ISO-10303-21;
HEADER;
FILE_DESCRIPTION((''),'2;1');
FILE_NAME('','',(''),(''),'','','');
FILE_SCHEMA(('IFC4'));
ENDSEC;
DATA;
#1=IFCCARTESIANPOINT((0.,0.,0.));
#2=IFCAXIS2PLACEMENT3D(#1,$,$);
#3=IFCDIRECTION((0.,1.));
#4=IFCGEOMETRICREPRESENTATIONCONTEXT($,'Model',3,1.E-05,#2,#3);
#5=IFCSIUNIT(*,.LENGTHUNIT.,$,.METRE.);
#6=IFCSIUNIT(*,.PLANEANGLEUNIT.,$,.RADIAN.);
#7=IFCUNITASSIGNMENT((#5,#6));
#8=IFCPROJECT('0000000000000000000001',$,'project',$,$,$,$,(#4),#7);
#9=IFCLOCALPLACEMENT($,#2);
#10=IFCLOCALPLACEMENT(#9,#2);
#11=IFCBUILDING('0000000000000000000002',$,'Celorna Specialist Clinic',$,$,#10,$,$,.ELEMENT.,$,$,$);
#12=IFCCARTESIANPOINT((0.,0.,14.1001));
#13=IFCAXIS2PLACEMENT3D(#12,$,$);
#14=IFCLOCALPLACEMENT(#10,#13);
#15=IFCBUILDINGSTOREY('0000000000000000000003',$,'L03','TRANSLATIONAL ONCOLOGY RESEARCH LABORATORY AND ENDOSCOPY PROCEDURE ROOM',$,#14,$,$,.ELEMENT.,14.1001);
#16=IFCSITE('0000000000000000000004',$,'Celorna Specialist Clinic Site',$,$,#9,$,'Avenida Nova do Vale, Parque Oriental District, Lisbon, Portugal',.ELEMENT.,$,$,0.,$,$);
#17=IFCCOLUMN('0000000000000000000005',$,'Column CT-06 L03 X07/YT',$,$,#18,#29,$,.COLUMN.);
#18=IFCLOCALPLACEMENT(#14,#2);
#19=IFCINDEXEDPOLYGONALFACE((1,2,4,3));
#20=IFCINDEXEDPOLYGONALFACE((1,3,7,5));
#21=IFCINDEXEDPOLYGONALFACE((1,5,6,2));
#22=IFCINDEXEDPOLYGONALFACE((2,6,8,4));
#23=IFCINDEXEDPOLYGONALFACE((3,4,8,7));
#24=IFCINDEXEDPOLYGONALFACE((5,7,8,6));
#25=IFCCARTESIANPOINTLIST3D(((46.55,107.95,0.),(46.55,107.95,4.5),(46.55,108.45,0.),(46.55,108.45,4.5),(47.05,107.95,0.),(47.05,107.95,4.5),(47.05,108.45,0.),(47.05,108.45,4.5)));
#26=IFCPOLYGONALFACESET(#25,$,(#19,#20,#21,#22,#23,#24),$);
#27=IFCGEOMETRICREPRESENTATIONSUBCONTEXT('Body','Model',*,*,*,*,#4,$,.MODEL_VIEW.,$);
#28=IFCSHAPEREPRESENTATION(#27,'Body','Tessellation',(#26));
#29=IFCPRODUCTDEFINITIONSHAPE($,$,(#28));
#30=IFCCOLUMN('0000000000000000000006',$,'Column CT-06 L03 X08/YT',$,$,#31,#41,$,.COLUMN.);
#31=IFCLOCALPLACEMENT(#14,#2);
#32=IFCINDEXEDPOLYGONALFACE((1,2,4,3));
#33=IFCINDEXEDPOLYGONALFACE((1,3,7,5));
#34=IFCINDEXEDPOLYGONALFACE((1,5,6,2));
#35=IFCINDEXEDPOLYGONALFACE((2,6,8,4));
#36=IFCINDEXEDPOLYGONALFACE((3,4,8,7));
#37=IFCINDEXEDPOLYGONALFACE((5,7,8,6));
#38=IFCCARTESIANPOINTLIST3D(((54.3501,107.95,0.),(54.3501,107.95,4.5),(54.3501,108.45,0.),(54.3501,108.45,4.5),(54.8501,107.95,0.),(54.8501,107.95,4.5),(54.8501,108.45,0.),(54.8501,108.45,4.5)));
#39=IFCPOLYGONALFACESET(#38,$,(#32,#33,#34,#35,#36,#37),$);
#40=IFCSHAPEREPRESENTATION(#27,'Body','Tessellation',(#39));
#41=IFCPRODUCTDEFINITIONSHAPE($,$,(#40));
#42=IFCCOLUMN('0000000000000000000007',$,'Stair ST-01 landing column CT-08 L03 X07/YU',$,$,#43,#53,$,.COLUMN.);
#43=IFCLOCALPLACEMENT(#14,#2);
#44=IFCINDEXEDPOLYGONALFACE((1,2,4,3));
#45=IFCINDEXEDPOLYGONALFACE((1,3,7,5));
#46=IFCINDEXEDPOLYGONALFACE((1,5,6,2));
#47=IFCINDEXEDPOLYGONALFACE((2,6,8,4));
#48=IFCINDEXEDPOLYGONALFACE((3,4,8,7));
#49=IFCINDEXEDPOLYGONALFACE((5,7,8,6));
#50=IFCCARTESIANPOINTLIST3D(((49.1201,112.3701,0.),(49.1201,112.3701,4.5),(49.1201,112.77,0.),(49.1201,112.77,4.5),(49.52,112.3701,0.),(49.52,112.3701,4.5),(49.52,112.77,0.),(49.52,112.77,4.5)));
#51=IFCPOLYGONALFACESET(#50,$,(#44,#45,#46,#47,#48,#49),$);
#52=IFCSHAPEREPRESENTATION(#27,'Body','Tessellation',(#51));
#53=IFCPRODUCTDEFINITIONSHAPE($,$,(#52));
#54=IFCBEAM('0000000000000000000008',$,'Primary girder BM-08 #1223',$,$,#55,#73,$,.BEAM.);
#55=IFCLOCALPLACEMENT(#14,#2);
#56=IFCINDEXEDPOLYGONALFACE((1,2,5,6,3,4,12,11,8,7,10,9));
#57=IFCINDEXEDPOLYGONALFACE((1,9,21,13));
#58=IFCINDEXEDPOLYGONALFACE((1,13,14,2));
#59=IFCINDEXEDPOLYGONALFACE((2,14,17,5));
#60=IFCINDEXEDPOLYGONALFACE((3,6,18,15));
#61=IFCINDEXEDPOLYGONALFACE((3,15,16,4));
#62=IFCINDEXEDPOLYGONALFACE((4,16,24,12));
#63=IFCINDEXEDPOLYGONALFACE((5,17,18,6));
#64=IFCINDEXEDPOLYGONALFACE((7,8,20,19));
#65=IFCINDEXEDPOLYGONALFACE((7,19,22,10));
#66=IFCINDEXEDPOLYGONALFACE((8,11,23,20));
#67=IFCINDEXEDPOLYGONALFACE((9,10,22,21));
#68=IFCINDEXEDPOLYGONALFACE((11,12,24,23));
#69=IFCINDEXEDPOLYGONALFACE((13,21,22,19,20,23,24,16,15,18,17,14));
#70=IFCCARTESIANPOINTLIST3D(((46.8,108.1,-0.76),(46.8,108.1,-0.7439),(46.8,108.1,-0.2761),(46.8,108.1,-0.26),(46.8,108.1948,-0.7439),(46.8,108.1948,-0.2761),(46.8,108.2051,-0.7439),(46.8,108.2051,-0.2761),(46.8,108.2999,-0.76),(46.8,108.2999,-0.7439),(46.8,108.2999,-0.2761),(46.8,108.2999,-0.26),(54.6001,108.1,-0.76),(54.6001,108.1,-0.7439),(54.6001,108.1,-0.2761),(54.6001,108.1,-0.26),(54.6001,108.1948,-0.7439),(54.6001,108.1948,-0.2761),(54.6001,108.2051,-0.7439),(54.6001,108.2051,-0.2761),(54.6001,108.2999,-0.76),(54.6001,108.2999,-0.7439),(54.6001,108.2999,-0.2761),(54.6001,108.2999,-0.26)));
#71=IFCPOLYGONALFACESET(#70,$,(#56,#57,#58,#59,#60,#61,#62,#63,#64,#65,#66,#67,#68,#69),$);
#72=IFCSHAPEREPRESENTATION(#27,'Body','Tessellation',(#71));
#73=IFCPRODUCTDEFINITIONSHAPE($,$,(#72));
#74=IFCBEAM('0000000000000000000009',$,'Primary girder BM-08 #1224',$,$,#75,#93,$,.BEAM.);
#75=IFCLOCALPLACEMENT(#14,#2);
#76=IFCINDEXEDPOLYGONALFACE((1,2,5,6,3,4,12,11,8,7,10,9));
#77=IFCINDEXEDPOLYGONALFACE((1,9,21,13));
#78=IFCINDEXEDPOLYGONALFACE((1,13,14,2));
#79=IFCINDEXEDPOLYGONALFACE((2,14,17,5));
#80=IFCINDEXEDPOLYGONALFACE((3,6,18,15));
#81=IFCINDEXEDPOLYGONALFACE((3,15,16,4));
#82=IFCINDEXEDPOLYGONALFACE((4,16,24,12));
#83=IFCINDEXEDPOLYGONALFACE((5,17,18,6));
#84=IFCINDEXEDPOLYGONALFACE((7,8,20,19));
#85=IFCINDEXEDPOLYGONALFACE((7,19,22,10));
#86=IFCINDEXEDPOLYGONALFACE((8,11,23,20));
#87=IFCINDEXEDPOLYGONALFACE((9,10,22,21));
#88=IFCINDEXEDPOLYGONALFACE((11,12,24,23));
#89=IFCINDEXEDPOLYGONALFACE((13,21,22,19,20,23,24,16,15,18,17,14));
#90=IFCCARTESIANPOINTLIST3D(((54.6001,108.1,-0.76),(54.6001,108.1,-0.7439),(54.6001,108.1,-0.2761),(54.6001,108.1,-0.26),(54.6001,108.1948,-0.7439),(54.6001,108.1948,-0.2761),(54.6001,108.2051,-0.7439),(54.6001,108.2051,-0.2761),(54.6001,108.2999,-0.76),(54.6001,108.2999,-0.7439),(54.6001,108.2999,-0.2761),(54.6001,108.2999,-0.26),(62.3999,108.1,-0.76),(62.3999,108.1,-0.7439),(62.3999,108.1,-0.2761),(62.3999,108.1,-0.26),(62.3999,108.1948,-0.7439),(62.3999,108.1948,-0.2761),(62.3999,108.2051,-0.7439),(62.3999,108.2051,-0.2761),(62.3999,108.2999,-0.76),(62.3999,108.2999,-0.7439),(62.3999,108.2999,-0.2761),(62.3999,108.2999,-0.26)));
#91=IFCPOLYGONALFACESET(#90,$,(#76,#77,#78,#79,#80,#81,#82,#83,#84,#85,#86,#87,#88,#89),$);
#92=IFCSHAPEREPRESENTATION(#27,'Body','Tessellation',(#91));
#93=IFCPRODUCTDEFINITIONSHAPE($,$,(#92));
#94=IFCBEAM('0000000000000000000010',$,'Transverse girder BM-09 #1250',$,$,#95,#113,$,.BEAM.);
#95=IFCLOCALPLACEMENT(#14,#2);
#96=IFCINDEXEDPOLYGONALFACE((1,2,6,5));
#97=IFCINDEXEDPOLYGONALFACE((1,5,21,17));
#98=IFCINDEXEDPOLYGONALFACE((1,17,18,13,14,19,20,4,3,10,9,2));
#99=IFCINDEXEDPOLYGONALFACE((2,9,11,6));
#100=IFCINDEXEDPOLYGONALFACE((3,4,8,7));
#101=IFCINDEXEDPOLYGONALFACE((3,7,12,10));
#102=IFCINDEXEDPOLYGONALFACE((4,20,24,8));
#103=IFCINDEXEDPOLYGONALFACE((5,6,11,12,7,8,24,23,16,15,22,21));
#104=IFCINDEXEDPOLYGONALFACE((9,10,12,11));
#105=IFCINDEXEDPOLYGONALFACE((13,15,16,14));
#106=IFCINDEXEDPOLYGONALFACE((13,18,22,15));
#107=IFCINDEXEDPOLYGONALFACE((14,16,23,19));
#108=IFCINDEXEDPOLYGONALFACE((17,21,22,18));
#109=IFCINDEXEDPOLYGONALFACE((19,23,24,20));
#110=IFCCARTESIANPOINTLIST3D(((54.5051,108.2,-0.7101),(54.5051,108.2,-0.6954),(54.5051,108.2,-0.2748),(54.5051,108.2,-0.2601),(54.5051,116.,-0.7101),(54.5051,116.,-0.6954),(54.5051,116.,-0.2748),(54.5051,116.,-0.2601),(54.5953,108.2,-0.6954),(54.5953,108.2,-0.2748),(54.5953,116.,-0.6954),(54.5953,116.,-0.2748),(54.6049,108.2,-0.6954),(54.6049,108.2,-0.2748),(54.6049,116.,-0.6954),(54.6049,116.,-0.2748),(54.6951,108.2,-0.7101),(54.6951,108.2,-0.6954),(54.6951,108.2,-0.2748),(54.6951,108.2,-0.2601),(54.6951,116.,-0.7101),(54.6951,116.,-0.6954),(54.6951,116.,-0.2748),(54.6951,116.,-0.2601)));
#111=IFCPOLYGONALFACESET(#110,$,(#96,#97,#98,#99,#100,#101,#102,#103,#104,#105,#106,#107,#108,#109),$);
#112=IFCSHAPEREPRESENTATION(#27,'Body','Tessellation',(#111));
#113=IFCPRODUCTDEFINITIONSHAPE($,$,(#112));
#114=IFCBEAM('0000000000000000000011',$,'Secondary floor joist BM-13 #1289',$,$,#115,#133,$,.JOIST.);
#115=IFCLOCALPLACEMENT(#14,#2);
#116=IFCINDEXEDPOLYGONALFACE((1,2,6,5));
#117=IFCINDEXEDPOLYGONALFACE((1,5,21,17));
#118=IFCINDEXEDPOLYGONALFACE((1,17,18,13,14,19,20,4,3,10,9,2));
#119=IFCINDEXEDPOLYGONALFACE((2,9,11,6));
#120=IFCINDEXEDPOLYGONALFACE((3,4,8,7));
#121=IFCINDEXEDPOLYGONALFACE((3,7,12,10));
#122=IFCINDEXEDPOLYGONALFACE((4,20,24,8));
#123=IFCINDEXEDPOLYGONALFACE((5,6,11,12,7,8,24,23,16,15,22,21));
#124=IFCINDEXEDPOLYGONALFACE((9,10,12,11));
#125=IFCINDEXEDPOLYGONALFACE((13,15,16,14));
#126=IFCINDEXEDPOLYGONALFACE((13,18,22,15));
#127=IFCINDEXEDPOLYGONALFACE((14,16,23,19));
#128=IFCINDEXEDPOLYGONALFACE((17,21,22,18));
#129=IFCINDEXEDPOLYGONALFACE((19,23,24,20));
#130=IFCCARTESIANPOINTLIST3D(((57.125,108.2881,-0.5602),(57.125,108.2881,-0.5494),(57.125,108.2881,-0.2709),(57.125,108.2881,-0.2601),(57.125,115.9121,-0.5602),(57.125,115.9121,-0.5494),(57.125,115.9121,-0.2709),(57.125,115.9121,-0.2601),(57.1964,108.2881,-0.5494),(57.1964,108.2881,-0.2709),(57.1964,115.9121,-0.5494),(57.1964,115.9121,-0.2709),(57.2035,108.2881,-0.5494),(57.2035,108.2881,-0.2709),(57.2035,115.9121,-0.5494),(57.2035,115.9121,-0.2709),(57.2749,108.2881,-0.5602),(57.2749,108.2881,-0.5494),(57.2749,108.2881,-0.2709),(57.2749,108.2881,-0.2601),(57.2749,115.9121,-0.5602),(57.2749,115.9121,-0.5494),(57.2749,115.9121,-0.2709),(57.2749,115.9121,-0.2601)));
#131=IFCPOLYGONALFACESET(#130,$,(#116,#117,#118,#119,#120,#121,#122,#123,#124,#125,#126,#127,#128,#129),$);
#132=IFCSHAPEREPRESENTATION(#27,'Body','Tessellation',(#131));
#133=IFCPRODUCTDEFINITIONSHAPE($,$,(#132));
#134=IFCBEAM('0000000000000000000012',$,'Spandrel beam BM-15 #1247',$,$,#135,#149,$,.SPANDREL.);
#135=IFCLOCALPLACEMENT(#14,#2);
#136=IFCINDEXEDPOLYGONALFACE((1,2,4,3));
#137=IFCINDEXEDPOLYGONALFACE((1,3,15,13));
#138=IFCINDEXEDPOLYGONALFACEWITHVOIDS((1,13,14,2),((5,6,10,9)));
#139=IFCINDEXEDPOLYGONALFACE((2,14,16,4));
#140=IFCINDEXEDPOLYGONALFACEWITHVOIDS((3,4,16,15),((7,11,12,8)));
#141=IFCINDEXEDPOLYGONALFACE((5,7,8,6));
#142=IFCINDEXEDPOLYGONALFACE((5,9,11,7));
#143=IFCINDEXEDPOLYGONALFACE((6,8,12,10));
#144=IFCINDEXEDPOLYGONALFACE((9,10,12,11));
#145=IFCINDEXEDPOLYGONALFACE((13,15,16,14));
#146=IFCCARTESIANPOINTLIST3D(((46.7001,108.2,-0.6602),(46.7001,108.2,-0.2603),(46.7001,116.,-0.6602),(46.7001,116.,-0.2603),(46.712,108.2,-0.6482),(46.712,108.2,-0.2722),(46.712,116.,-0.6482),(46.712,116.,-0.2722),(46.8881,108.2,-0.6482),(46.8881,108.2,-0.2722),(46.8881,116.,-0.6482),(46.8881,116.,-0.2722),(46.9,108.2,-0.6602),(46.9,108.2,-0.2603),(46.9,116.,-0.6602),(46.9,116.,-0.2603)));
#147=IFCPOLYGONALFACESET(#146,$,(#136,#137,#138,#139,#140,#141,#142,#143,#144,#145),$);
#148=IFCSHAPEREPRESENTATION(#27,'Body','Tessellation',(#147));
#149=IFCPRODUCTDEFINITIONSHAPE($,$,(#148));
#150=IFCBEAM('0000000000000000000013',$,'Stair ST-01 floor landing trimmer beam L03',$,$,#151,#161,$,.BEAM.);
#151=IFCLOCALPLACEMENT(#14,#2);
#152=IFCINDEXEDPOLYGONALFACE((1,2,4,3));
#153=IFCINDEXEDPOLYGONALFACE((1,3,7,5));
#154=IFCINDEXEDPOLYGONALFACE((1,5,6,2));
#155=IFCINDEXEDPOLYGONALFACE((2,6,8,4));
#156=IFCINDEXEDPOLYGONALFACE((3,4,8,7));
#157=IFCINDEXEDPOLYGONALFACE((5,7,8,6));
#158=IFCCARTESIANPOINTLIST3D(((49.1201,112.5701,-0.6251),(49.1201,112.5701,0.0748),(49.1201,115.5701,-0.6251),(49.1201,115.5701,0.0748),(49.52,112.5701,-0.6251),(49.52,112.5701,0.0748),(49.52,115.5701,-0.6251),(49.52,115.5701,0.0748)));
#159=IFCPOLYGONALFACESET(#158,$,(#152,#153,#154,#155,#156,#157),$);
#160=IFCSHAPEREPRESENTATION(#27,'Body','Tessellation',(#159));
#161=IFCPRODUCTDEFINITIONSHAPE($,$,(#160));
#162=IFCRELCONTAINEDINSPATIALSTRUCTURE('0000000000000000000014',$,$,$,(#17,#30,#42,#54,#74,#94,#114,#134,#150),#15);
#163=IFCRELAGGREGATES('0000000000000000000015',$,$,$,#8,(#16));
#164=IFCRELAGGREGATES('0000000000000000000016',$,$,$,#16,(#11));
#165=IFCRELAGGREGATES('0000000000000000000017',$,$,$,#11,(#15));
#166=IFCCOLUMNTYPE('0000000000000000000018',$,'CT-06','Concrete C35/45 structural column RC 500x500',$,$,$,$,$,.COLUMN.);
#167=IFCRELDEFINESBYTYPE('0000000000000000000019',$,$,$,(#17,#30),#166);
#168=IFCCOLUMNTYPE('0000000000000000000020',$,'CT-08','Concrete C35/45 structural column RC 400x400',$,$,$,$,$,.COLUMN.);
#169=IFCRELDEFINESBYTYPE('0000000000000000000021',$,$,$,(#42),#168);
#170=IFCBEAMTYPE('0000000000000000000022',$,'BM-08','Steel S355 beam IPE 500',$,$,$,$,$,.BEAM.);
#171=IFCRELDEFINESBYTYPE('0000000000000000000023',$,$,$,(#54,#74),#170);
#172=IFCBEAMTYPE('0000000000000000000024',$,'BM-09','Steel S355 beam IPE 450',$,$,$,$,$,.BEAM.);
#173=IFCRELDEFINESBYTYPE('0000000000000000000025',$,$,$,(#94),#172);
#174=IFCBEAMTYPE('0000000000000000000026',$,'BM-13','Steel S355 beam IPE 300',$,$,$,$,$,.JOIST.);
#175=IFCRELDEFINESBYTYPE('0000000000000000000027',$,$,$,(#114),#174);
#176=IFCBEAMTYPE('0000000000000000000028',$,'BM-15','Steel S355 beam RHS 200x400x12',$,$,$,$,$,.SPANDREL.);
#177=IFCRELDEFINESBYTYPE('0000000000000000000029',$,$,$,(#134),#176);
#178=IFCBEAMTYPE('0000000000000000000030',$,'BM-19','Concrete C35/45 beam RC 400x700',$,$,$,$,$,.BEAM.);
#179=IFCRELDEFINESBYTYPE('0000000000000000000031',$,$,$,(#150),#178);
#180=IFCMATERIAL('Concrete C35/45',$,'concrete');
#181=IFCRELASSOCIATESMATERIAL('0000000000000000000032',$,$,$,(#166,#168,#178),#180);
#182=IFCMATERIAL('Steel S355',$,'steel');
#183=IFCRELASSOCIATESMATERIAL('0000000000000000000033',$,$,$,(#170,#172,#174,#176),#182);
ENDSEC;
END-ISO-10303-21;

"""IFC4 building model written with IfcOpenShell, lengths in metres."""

from ifc_helpers import new_model, si_unit, direction, frame, origin, origin_2d, place, context, subcontext, project, spatial, rectangle, hollow_rectangle, i_section, extrude, material, material_profile, profile_set, type_object, element, save


model = new_model("IFC4")

# Units and contexts
model_context = context("Model", 3, precision=1e-05, world=origin(), true_north=direction((0.0, 1.0)))
body_context = subcontext(model_context, "Body", "Model", "MODEL_VIEW")
ifc_project = project(units=[si_unit("LENGTHUNIT", "METRE"), si_unit("PLANEANGLEUNIT", "RADIAN")], contexts=[model_context])

# Site, building, storey
site_placement = place(None, origin())
site = spatial("IfcSite", under=ifc_project, at=site_placement, Name="Celorna Specialist Clinic Site", LongName="Avenida Nova do Vale, Parque Oriental District, Lisbon, Portugal", CompositionType="ELEMENT", RefElevation=0.0)
building_placement = place(site_placement, origin())
building = spatial("IfcBuilding", under=site, at=building_placement, Name="Celorna Specialist Clinic", CompositionType="ELEMENT")
storey_placement = place(building_placement, frame((0.0, 0.0, 14.1001)))
storey = spatial("IfcBuildingStorey", under=building, at=storey_placement, Name="L03", Description="TRANSLATIONAL ONCOLOGY RESEARCH LABORATORY AND ENDOSCOPY PROCEDURE ROOM", CompositionType="ELEMENT", Elevation=14.1001)

# Columns
ifc_material_1 = material(Name="Concrete C35/45", Category="concrete")
ifc_material_profile_1 = material_profile(ifc_material_1, rectangle(XDim=0.5, YDim=0.5, at=origin_2d()), Name="RC 500x500")
ifc_profile_set_1 = profile_set([ifc_material_profile_1], Name="Concrete C35/45")
column_type_1 = type_object("IfcColumnType", Name="CT-06", Description="Concrete C35/45 structural column RC 500x500", PredefinedType="COLUMN", material=ifc_profile_set_1)
for number, where, z_axis, x_axis, name in (
    (1, (46.8, 108.2, 0.0), (0.0, 0.0, 1.0), (1.0, 0.0, 0.0), "Column CT-06 L03 X07/YT"),
    (2, (54.6001, 108.2, 0.0), (0.0, 0.0, 1.0), (1.0, 0.0, 0.0), "Column CT-06 L03 X08/YT"),
):
    element("IfcColumn", number, at=place(storey_placement, frame(where, z_axis=z_axis, x_axis=x_axis)), inside=storey, type_object=column_type_1, Name=name, PredefinedType="COLUMN", context=body_context, shape_type="SweptSolid", body=[
        extrude(rectangle(XDim=0.5, YDim=0.5, at=origin_2d()), origin(), (0.0, 0.0, 1.0), 4.5),
    ])
ifc_material_profile_2 = material_profile(ifc_material_1, rectangle(XDim=0.3999, YDim=0.3999, at=origin_2d()), Name="RC 400x400")
ifc_profile_set_2 = profile_set([ifc_material_profile_2], Name="Concrete C35/45")
column_type_2 = type_object("IfcColumnType", Name="CT-08", Description="Concrete C35/45 structural column RC 400x400", PredefinedType="COLUMN", material=ifc_profile_set_2)
column_placement = place(storey_placement, frame((49.3201, 112.5701, 0.0), z_axis=(0.0, 0.0, 1.0), x_axis=(1.0, 0.0, 0.0)))
element("IfcColumn", 3, at=column_placement, inside=storey, type_object=column_type_2, Name="Stair ST-01 landing column CT-08 L03 X07/YU", PredefinedType="COLUMN", context=body_context, shape_type="SweptSolid", body=[
    extrude(rectangle(XDim=0.3999, YDim=0.3999, at=origin_2d()), origin(), (0.0, 0.0, 1.0), 4.5),
])

# Beams
ifc_material_2 = material(Name="Steel S355", Category="steel")
ifc_material_profile_3 = material_profile(ifc_material_2, i_section(OverallWidth=0.2, OverallDepth=0.5, WebThickness=0.0103, FlangeThickness=0.0161, at=origin_2d()), Name="IPE 500")
ifc_profile_set_3 = profile_set([ifc_material_profile_3], Name="Steel S355")
beam_type_1 = type_object("IfcBeamType", Name="BM-08", Description="Steel S355 beam IPE 500", PredefinedType="BEAM", material=ifc_profile_set_3)
beam_1_placement = place(storey_placement, frame((46.8, 108.2, -0.51), z_axis=(1.0, 0.0, 0.0), x_axis=(0.0, 1.0, 0.0)))
element("IfcBeam", 4, at=beam_1_placement, inside=storey, type_object=beam_type_1, Name="Primary girder BM-08 #1223", PredefinedType="BEAM", context=body_context, shape_type="SweptSolid", body=[
    extrude(i_section(OverallWidth=0.2, OverallDepth=0.5, WebThickness=0.0103, FlangeThickness=0.0161, at=origin_2d()), origin(), (0.0, 0.0, 1.0), 7.8),
])
beam_2_placement = place(storey_placement, frame((54.6001, 108.2, -0.51), z_axis=(1.0, 0.0, 0.0), x_axis=(0.0, 1.0, 0.0)))
element("IfcBeam", 5, at=beam_2_placement, inside=storey, type_object=beam_type_1, Name="Primary girder BM-08 #1224", PredefinedType="BEAM", context=body_context, shape_type="SweptSolid", body=[
    extrude(i_section(OverallWidth=0.2, OverallDepth=0.5, WebThickness=0.0103, FlangeThickness=0.0161, at=origin_2d()), origin(), (0.0, 0.0, 1.0), 7.7998),
])
ifc_material_profile_4 = material_profile(ifc_material_2, i_section(OverallWidth=0.1899, OverallDepth=0.45, WebThickness=0.0095, FlangeThickness=0.0146, at=origin_2d()), Name="IPE 450")
ifc_profile_set_4 = profile_set([ifc_material_profile_4], Name="Steel S355")
beam_type_2 = type_object("IfcBeamType", Name="BM-09", Description="Steel S355 beam IPE 450", PredefinedType="BEAM", material=ifc_profile_set_4)
beam_3_placement = place(storey_placement, frame((54.6001, 108.2, -0.4851), z_axis=(0.0, 1.0, 0.0), x_axis=(-1.0, 0.0, 0.0)))
element("IfcBeam", 6, at=beam_3_placement, inside=storey, type_object=beam_type_2, Name="Transverse girder BM-09 #1250", PredefinedType="BEAM", context=body_context, shape_type="SweptSolid", body=[
    extrude(i_section(OverallWidth=0.1899, OverallDepth=0.45, WebThickness=0.0095, FlangeThickness=0.0146, at=origin_2d()), origin(), (0.0, 0.0, 1.0), 7.8),
])
ifc_material_profile_5 = material_profile(ifc_material_2, i_section(OverallWidth=0.1499, OverallDepth=0.3, WebThickness=0.0071, FlangeThickness=0.0107, at=origin_2d()), Name="IPE 300")
ifc_profile_set_5 = profile_set([ifc_material_profile_5], Name="Steel S355")
beam_type_3 = type_object("IfcBeamType", Name="BM-13", Description="Steel S355 beam IPE 300", PredefinedType="JOIST", material=ifc_profile_set_5)
beam_4_placement = place(storey_placement, frame((57.2, 108.2881, -0.4102), z_axis=(0.0, 1.0, 0.0), x_axis=(-1.0, 0.0, 0.0)))
element("IfcBeam", 7, at=beam_4_placement, inside=storey, type_object=beam_type_3, Name="Secondary floor joist BM-13 #1289", PredefinedType="JOIST", context=body_context, shape_type="SweptSolid", body=[
    extrude(i_section(OverallWidth=0.1499, OverallDepth=0.3, WebThickness=0.0071, FlangeThickness=0.0107, at=origin_2d()), origin(), (0.0, 0.0, 1.0), 7.624),
])
ifc_material_profile_6 = material_profile(ifc_material_2, hollow_rectangle(XDim=0.2, YDim=0.3999, WallThickness=0.012, at=origin_2d()), Name="RHS 200x400x12")
ifc_profile_set_6 = profile_set([ifc_material_profile_6], Name="Steel S355")
beam_type_4 = type_object("IfcBeamType", Name="BM-15", Description="Steel S355 beam RHS 200x400x12", PredefinedType="SPANDREL", material=ifc_profile_set_6)
beam_5_placement = place(storey_placement, frame((46.8, 108.2, -0.4602), z_axis=(0.0, 1.0, 0.0), x_axis=(-1.0, 0.0, 0.0)))
element("IfcBeam", 8, at=beam_5_placement, inside=storey, type_object=beam_type_4, Name="Spandrel beam BM-15 #1247", PredefinedType="SPANDREL", context=body_context, shape_type="SweptSolid", body=[
    extrude(hollow_rectangle(XDim=0.2, YDim=0.3999, WallThickness=0.012, at=origin_2d()), origin(), (0.0, 0.0, 1.0), 7.8),
])
ifc_material_profile_7 = material_profile(ifc_material_1, rectangle(XDim=0.3999, YDim=0.7, at=origin_2d()), Name="RC 400x700")
ifc_profile_set_7 = profile_set([ifc_material_profile_7], Name="Concrete C35/45")
beam_type_5 = type_object("IfcBeamType", Name="BM-19", Description="Concrete C35/45 beam RC 400x700", PredefinedType="BEAM", material=ifc_profile_set_7)
beam_6_placement = place(storey_placement, frame((49.3201, 112.5701, -0.2751), z_axis=(0.0, 1.0, 0.0), x_axis=(-1.0, 0.0, 0.0)))
element("IfcBeam", 9, at=beam_6_placement, inside=storey, type_object=beam_type_5, Name="Stair ST-01 floor landing trimmer beam L03", PredefinedType="BEAM", context=body_context, shape_type="SweptSolid", body=[
    extrude(rectangle(XDim=0.3999, YDim=0.7, at=origin_2d()), origin(), (0.0, 0.0, 1.0), 3.0),
])

save(model, "model.ifc")
